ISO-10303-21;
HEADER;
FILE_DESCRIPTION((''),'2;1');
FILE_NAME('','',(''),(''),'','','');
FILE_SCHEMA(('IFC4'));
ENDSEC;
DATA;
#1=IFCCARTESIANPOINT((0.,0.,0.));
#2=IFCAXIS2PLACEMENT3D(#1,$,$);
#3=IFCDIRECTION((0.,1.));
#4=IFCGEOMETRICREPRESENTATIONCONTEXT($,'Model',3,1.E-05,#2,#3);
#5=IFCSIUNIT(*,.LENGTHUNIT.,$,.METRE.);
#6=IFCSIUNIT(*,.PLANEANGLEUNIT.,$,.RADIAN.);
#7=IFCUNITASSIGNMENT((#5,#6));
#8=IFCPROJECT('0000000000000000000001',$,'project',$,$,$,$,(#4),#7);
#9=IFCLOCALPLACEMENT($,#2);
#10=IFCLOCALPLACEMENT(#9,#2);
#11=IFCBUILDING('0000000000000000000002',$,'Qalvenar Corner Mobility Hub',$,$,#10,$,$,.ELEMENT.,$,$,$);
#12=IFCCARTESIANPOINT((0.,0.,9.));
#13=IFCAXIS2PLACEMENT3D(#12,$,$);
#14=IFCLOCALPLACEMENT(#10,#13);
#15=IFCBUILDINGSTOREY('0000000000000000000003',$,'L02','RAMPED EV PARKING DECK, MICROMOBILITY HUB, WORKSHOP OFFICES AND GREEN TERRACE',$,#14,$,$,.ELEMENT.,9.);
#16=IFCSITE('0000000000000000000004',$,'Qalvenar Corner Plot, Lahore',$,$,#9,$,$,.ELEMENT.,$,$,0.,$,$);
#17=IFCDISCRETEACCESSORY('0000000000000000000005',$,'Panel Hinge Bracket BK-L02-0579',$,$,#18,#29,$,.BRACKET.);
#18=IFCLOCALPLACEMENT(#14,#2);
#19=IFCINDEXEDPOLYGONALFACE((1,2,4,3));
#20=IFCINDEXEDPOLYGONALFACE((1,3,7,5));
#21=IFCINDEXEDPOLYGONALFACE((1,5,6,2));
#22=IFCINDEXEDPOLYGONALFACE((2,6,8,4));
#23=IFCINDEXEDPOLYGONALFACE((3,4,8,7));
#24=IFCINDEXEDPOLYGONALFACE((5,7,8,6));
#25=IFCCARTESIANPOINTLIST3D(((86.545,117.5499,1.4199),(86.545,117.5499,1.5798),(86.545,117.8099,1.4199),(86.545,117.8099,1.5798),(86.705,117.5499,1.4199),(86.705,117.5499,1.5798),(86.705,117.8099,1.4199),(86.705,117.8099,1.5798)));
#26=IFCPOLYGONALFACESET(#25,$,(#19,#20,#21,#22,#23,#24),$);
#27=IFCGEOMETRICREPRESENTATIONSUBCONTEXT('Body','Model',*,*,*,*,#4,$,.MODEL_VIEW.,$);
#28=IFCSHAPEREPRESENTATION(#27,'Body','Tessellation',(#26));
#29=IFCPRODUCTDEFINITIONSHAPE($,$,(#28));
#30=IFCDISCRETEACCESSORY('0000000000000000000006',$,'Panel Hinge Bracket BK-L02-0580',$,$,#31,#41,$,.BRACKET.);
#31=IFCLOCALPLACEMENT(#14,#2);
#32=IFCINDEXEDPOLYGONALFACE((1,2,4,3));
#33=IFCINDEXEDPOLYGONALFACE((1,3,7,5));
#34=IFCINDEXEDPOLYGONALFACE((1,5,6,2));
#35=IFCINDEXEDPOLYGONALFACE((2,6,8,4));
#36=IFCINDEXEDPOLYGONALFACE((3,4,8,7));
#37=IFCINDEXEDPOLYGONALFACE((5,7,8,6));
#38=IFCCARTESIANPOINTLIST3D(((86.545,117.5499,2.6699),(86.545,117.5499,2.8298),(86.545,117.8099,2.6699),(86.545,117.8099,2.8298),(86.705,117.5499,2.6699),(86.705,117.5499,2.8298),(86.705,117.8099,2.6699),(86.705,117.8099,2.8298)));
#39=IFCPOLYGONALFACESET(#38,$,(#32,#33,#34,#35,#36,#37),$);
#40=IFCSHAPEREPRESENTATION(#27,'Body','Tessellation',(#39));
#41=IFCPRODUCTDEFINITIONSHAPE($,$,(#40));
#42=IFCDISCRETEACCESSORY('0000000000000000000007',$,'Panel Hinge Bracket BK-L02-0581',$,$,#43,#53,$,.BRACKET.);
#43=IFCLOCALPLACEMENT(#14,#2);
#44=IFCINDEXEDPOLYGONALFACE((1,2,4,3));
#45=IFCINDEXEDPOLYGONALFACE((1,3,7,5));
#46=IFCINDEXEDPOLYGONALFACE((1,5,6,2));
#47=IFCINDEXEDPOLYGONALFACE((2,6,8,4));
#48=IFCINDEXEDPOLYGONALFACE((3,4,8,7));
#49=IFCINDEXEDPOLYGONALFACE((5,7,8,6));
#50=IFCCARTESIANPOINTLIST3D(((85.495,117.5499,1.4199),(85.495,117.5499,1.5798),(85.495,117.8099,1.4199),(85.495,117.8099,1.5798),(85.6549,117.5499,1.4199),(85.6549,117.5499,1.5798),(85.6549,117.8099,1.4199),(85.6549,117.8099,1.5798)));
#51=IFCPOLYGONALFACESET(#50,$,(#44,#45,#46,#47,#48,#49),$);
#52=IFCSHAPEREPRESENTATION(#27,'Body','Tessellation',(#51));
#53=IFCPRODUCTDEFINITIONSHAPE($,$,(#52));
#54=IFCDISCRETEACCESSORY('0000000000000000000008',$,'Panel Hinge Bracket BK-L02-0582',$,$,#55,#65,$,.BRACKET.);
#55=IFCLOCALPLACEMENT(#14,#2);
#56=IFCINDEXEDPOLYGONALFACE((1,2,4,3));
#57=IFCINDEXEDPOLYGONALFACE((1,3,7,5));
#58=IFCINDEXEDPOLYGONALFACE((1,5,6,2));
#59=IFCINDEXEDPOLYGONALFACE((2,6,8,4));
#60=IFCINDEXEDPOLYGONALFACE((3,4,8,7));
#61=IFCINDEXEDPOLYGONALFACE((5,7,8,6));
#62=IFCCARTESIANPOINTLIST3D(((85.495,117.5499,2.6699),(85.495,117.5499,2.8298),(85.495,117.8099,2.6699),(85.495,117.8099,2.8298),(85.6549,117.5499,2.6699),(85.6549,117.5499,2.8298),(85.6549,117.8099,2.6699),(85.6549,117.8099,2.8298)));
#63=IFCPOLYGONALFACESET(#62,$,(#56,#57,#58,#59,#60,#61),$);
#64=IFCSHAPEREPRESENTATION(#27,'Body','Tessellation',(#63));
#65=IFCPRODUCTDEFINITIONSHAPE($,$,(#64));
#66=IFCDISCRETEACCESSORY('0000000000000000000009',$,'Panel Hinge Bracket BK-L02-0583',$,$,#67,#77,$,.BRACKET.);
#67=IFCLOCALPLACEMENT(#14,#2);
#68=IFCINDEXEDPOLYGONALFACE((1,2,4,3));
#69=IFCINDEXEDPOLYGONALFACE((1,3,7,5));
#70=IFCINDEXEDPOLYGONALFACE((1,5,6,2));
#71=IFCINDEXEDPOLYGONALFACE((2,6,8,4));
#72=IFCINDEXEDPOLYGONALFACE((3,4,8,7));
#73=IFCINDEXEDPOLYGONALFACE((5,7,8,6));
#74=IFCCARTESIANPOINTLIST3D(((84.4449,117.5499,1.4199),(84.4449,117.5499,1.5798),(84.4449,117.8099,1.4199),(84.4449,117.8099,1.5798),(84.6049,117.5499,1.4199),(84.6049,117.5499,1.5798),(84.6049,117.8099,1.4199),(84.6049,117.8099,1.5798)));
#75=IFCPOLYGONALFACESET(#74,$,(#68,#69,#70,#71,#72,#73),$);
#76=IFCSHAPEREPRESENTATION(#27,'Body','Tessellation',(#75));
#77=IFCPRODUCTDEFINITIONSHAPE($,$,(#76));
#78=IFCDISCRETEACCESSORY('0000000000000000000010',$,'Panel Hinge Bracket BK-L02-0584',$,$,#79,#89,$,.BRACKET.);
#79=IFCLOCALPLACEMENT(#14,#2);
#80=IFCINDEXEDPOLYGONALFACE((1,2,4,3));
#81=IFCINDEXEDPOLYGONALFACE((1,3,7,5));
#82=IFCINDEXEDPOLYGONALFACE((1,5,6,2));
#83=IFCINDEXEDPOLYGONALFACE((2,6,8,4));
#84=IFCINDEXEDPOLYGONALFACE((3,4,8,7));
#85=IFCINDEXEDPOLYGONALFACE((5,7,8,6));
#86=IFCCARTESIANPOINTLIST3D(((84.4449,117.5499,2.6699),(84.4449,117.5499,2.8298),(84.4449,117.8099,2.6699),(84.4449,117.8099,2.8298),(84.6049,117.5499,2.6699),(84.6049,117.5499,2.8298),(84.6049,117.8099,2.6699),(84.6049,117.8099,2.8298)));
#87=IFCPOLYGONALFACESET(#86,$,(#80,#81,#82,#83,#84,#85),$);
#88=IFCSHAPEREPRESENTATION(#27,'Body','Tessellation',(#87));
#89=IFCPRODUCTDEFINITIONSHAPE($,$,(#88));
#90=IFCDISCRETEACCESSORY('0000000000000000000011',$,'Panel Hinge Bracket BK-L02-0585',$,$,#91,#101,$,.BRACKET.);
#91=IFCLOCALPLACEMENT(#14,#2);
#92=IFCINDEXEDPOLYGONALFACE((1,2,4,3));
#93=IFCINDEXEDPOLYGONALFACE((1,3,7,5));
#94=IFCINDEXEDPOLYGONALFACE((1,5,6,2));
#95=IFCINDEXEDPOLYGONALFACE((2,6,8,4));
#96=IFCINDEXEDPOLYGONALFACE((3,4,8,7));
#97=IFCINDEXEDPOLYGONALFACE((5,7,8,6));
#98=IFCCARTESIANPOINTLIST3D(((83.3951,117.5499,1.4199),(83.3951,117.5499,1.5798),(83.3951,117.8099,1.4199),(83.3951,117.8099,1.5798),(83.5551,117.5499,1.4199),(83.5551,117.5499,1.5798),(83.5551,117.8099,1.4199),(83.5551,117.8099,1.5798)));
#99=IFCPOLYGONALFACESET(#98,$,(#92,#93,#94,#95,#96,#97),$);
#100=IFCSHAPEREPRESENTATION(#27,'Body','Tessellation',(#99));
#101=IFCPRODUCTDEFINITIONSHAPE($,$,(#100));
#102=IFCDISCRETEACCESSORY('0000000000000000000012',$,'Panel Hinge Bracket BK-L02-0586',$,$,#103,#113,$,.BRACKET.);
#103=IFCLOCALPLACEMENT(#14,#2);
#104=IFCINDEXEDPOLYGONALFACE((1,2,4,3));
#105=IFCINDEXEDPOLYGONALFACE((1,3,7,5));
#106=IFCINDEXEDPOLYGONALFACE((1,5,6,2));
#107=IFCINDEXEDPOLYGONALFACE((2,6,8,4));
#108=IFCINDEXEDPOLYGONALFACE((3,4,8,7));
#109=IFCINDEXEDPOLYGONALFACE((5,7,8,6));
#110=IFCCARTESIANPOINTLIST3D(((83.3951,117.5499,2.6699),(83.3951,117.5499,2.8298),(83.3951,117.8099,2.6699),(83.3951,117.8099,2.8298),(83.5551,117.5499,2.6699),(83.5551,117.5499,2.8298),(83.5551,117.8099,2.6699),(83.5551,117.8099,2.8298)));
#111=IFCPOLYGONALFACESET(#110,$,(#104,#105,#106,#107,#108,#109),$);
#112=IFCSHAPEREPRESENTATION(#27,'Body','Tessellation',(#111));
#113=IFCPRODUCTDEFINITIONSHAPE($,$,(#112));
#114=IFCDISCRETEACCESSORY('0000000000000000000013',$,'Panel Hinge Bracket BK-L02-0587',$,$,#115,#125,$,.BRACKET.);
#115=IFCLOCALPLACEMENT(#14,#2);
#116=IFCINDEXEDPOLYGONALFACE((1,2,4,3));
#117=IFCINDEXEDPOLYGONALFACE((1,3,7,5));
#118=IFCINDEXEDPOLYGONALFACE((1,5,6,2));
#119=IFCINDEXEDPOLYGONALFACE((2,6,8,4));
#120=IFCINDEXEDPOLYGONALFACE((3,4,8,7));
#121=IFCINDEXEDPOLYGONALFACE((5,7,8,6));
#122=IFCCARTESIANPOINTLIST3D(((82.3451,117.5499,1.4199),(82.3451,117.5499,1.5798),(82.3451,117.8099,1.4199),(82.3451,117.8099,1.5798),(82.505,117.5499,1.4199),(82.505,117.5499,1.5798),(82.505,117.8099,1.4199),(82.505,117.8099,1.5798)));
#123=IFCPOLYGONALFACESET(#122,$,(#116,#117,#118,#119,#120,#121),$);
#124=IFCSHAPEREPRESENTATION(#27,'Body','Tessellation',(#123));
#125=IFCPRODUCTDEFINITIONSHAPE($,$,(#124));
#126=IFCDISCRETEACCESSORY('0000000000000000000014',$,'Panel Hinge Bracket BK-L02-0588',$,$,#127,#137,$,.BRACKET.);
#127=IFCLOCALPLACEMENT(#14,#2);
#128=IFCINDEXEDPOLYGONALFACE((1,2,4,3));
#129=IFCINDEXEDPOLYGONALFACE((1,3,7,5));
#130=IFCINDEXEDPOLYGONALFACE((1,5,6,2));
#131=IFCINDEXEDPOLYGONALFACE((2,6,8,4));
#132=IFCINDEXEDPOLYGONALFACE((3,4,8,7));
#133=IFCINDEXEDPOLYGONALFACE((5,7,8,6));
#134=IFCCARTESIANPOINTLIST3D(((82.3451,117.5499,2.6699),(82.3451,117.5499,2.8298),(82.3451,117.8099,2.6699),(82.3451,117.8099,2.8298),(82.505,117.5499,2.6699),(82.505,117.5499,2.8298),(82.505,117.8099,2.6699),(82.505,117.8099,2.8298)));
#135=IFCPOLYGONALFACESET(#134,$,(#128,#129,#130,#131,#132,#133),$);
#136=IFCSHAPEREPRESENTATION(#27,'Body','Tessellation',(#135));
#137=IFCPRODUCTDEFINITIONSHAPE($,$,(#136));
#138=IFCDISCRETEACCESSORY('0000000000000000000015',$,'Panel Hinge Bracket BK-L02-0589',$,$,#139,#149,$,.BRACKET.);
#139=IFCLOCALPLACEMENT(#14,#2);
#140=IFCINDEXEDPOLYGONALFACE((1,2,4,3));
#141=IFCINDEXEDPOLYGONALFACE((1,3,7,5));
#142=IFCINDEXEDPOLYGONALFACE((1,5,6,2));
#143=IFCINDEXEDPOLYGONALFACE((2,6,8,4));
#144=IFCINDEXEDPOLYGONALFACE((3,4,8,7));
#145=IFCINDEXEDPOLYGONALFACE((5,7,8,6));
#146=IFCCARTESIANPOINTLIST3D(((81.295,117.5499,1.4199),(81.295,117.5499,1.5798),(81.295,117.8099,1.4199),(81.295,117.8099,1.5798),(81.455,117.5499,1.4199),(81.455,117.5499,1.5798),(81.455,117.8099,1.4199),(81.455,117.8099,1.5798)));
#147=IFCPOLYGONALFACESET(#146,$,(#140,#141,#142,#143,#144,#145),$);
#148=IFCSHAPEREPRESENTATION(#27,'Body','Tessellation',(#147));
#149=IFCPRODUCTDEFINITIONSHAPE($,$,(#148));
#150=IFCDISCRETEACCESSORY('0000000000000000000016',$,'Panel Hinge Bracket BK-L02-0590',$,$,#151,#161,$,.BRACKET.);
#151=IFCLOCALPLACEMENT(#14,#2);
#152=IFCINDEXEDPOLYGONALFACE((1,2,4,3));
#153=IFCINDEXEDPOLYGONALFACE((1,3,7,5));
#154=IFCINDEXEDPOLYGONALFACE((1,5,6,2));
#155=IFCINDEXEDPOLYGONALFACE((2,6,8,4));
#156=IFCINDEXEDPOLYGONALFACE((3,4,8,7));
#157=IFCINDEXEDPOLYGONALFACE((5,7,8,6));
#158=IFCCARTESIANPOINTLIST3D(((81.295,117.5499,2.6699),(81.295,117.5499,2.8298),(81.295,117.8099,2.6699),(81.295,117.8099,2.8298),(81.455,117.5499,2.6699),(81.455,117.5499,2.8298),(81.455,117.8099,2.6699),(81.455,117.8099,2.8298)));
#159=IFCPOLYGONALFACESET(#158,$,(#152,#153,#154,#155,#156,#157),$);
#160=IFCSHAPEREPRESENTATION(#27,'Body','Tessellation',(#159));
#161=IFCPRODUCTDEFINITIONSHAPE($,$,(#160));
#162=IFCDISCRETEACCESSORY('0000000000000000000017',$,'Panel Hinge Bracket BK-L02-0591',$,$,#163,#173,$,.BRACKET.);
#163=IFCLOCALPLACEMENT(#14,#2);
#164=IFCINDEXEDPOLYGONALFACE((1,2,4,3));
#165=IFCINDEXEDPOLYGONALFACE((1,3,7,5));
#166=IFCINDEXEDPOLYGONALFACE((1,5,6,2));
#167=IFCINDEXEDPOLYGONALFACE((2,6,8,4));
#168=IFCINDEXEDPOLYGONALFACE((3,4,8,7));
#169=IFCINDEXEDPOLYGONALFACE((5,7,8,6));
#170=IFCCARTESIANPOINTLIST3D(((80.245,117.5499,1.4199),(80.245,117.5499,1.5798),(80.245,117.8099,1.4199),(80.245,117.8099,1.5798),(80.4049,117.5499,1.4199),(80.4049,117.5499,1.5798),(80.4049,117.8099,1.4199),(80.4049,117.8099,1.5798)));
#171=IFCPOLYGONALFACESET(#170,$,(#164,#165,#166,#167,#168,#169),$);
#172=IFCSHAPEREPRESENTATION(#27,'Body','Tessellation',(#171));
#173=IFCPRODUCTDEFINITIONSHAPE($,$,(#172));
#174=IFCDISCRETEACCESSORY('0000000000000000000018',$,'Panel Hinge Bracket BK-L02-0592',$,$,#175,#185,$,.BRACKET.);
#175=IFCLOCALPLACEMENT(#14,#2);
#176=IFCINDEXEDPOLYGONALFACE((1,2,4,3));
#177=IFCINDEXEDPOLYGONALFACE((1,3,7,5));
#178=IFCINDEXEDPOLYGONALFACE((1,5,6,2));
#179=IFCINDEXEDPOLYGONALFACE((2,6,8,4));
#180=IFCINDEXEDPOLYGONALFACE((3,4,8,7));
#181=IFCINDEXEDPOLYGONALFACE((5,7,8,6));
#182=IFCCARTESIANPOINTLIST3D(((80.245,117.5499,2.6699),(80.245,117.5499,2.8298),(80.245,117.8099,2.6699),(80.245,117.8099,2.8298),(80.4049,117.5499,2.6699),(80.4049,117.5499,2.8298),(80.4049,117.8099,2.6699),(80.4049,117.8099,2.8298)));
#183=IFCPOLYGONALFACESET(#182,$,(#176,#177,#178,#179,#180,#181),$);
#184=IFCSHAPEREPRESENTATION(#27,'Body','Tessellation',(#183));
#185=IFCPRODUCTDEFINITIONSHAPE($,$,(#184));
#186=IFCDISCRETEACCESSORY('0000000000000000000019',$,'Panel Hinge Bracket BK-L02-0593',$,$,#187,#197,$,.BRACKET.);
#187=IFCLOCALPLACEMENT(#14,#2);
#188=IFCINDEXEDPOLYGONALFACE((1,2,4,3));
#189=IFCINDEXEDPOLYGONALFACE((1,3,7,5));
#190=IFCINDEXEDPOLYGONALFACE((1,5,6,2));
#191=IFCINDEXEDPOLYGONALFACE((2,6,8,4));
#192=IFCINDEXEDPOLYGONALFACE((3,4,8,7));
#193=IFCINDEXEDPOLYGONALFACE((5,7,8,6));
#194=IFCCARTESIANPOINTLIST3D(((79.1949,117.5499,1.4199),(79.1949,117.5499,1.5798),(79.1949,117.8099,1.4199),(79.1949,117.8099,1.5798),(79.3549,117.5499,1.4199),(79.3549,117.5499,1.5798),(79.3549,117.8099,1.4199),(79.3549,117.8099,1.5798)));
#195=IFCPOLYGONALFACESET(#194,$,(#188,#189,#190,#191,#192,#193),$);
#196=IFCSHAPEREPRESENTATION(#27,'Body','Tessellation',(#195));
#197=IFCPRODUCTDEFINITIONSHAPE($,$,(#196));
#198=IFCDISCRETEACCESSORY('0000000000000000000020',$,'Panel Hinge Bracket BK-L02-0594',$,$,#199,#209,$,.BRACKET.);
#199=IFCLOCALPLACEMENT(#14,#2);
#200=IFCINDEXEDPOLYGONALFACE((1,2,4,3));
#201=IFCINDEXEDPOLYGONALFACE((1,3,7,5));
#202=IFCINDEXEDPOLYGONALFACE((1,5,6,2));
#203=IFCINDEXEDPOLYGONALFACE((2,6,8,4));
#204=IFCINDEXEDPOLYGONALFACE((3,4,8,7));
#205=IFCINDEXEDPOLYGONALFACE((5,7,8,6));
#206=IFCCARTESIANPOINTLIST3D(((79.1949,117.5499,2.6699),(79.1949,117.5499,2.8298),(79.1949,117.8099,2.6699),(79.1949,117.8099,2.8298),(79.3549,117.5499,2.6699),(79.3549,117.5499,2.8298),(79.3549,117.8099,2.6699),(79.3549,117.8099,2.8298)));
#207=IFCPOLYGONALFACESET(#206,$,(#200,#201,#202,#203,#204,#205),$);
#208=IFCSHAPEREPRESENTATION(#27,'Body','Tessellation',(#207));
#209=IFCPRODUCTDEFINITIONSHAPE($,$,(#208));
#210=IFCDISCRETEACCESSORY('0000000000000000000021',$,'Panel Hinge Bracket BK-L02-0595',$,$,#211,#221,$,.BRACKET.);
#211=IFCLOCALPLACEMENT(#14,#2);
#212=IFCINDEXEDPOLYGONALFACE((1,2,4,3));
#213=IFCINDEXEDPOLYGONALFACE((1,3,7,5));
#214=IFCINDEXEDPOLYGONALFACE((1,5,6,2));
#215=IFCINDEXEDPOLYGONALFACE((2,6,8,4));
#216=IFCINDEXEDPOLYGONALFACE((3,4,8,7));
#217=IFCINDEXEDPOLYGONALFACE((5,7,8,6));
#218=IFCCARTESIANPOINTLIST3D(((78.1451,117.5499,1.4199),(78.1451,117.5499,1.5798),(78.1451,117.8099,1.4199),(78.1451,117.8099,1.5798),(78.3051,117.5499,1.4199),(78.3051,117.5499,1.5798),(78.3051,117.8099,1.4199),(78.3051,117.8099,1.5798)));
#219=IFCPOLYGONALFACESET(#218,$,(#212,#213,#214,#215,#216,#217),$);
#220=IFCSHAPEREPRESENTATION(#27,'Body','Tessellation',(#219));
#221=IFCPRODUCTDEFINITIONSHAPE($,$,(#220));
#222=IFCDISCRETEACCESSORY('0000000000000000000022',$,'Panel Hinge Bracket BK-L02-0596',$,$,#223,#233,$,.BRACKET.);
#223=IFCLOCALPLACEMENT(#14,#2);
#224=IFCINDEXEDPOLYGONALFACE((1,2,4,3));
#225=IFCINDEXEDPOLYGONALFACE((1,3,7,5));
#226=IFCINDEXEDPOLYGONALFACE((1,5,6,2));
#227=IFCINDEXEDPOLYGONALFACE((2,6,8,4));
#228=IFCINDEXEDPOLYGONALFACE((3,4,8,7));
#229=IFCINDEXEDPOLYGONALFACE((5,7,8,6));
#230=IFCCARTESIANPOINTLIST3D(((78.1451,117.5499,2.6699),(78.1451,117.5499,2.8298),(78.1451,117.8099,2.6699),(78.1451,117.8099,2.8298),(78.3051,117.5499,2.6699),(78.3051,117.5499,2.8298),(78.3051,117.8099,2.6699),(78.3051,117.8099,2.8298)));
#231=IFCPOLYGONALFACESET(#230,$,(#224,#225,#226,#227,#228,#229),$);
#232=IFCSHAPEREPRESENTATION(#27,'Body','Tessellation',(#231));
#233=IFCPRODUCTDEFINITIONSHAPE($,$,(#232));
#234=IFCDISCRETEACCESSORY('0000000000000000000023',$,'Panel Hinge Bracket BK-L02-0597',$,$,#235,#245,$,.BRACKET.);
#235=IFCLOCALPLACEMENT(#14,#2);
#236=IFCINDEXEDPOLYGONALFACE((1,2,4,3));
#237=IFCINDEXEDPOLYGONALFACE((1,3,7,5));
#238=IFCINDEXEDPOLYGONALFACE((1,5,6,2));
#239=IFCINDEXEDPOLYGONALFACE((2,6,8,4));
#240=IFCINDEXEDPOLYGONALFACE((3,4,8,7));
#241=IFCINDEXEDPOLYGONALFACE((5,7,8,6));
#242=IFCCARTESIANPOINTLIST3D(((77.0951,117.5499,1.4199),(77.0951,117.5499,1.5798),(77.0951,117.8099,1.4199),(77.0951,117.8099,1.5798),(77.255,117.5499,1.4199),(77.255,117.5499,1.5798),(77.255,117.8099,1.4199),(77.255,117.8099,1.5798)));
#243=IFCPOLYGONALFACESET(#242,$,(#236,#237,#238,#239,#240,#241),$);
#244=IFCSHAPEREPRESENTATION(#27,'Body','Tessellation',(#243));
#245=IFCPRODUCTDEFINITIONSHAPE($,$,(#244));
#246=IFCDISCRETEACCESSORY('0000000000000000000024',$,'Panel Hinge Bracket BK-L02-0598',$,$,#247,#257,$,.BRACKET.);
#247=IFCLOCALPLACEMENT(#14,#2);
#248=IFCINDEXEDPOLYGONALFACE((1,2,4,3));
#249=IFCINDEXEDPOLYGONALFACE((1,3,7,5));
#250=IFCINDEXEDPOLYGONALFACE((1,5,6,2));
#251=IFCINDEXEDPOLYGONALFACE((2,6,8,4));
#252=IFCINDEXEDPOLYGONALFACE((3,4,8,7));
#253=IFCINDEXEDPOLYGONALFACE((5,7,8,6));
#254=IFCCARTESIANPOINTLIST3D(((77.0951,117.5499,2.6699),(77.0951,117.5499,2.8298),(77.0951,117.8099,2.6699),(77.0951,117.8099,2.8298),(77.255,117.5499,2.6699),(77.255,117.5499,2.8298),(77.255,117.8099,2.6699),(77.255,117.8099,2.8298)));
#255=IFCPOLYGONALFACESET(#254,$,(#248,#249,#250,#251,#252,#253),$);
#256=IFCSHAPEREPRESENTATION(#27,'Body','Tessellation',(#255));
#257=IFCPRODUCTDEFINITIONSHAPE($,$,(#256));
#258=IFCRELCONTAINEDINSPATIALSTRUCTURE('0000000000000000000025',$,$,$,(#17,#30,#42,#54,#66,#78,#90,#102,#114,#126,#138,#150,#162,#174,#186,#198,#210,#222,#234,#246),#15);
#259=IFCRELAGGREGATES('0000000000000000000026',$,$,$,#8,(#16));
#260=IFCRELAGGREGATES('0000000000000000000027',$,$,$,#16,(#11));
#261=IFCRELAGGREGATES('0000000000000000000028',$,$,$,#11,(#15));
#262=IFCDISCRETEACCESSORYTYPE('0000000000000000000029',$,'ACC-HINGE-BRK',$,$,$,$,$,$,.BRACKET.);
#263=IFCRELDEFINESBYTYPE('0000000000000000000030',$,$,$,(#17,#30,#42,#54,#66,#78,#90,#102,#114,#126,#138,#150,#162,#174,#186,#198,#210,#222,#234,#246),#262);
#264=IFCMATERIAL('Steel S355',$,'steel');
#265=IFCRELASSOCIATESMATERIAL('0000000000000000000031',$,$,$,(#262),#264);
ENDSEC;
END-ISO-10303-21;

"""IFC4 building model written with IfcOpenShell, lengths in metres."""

from ifc_helpers import new_model, si_unit, direction, frame, origin, origin_2d, place, context, subcontext, project, spatial, rectangle, extrude, material, type_object, element, save


model = new_model("IFC4")

# Units and contexts
model_context = context("Model", 3, precision=1e-05, world=origin(), true_north=direction((0.0, 1.0)))
body_context = subcontext(model_context, "Body", "Model", "MODEL_VIEW")
ifc_project = project(units=[si_unit("LENGTHUNIT", "METRE"), si_unit("PLANEANGLEUNIT", "RADIAN")], contexts=[model_context])

# Site, building, storey
site_placement = place(None, origin())
site = spatial("IfcSite", under=ifc_project, at=site_placement, Name="Qalvenar Corner Plot, Lahore", CompositionType="ELEMENT", RefElevation=0.0)
building_placement = place(site_placement, origin())
building = spatial("IfcBuilding", under=site, at=building_placement, Name="Qalvenar Corner Mobility Hub", CompositionType="ELEMENT")
storey_placement = place(building_placement, frame((0.0, 0.0, 9.0)))
storey = spatial("IfcBuildingStorey", under=building, at=storey_placement, Name="L02", Description="RAMPED EV PARKING DECK, MICROMOBILITY HUB, WORKSHOP OFFICES AND GREEN TERRACE", CompositionType="ELEMENT", Elevation=9.0)

# Shared definitions
ifc_material = material(Name="Steel S355", Category="steel")

# Discrete accessories
discrete_accessory_type = type_object("IfcDiscreteAccessoryType", Name="ACC-HINGE-BRK", PredefinedType="BRACKET", material=ifc_material)
for number, where, z_axis, x_axis, name in (
    (1, (86.625, 117.6799, 1.4199), (0.0, 0.0, 1.0), (-1.0, 0.0, 0.0), "Panel Hinge Bracket BK-L02-0579"),
    (2, (86.625, 117.6799, 2.6699), (0.0, 0.0, 1.0), (-1.0, 0.0, 0.0), "Panel Hinge Bracket BK-L02-0580"),
    (3, (85.575, 117.6799, 1.4199), (0.0, 0.0, 1.0), (-1.0, 0.0, 0.0), "Panel Hinge Bracket BK-L02-0581"),
    (4, (85.575, 117.6799, 2.6699), (0.0, 0.0, 1.0), (-1.0, 0.0, 0.0), "Panel Hinge Bracket BK-L02-0582"),
    (5, (84.5249, 117.6799, 1.4199), (0.0, 0.0, 1.0), (-1.0, 0.0, 0.0), "Panel Hinge Bracket BK-L02-0583"),
    (6, (84.5249, 117.6799, 2.6699), (0.0, 0.0, 1.0), (-1.0, 0.0, 0.0), "Panel Hinge Bracket BK-L02-0584"),
    (7, (83.4751, 117.6799, 1.4199), (0.0, 0.0, 1.0), (-1.0, 0.0, 0.0), "Panel Hinge Bracket BK-L02-0585"),
    (8, (83.4751, 117.6799, 2.6699), (0.0, 0.0, 1.0), (-1.0, 0.0, 0.0), "Panel Hinge Bracket BK-L02-0586"),
    (9, (82.425, 117.6799, 1.4199), (0.0, 0.0, 1.0), (-1.0, 0.0, 0.0), "Panel Hinge Bracket BK-L02-0587"),
    (10, (82.425, 117.6799, 2.6699), (0.0, 0.0, 1.0), (-1.0, 0.0, 0.0), "Panel Hinge Bracket BK-L02-0588"),
    (11, (81.375, 117.6799, 1.4199), (0.0, 0.0, 1.0), (-1.0, 0.0, 0.0), "Panel Hinge Bracket BK-L02-0589"),
    (12, (81.375, 117.6799, 2.6699), (0.0, 0.0, 1.0), (-1.0, 0.0, 0.0), "Panel Hinge Bracket BK-L02-0590"),
    (13, (80.325, 117.6799, 1.4199), (0.0, 0.0, 1.0), (-1.0, 0.0, 0.0), "Panel Hinge Bracket BK-L02-0591"),
    (14, (80.325, 117.6799, 2.6699), (0.0, 0.0, 1.0), (-1.0, 0.0, 0.0), "Panel Hinge Bracket BK-L02-0592"),
    (15, (79.2749, 117.6799, 1.4199), (0.0, 0.0, 1.0), (-1.0, 0.0, 0.0), "Panel Hinge Bracket BK-L02-0593"),
    (16, (79.2749, 117.6799, 2.6699), (0.0, 0.0, 1.0), (-1.0, 0.0, 0.0), "Panel Hinge Bracket BK-L02-0594"),
    (17, (78.2251, 117.6799, 1.4199), (0.0, 0.0, 1.0), (-1.0, 0.0, 0.0), "Panel Hinge Bracket BK-L02-0595"),
    (18, (78.2251, 117.6799, 2.6699), (0.0, 0.0, 1.0), (-1.0, 0.0, 0.0), "Panel Hinge Bracket BK-L02-0596"),
    (19, (77.175, 117.6799, 1.4199), (0.0, 0.0, 1.0), (-1.0, 0.0, 0.0), "Panel Hinge Bracket BK-L02-0597"),
    (20, (77.175, 117.6799, 2.6699), (0.0, 0.0, 1.0), (-1.0, 0.0, 0.0), "Panel Hinge Bracket BK-L02-0598"),
):
    element("IfcDiscreteAccessory", number, at=place(storey_placement, frame(where, z_axis=z_axis, x_axis=x_axis)), inside=storey, type_object=discrete_accessory_type, Name=name, PredefinedType="BRACKET", context=body_context, shape_type="SweptSolid", body=[
        extrude(rectangle(XDim=0.1599, YDim=0.26, at=origin_2d()), origin(), (0.0, 0.0, 1.0), 0.1599),
    ])

save(model, "model.ifc")
